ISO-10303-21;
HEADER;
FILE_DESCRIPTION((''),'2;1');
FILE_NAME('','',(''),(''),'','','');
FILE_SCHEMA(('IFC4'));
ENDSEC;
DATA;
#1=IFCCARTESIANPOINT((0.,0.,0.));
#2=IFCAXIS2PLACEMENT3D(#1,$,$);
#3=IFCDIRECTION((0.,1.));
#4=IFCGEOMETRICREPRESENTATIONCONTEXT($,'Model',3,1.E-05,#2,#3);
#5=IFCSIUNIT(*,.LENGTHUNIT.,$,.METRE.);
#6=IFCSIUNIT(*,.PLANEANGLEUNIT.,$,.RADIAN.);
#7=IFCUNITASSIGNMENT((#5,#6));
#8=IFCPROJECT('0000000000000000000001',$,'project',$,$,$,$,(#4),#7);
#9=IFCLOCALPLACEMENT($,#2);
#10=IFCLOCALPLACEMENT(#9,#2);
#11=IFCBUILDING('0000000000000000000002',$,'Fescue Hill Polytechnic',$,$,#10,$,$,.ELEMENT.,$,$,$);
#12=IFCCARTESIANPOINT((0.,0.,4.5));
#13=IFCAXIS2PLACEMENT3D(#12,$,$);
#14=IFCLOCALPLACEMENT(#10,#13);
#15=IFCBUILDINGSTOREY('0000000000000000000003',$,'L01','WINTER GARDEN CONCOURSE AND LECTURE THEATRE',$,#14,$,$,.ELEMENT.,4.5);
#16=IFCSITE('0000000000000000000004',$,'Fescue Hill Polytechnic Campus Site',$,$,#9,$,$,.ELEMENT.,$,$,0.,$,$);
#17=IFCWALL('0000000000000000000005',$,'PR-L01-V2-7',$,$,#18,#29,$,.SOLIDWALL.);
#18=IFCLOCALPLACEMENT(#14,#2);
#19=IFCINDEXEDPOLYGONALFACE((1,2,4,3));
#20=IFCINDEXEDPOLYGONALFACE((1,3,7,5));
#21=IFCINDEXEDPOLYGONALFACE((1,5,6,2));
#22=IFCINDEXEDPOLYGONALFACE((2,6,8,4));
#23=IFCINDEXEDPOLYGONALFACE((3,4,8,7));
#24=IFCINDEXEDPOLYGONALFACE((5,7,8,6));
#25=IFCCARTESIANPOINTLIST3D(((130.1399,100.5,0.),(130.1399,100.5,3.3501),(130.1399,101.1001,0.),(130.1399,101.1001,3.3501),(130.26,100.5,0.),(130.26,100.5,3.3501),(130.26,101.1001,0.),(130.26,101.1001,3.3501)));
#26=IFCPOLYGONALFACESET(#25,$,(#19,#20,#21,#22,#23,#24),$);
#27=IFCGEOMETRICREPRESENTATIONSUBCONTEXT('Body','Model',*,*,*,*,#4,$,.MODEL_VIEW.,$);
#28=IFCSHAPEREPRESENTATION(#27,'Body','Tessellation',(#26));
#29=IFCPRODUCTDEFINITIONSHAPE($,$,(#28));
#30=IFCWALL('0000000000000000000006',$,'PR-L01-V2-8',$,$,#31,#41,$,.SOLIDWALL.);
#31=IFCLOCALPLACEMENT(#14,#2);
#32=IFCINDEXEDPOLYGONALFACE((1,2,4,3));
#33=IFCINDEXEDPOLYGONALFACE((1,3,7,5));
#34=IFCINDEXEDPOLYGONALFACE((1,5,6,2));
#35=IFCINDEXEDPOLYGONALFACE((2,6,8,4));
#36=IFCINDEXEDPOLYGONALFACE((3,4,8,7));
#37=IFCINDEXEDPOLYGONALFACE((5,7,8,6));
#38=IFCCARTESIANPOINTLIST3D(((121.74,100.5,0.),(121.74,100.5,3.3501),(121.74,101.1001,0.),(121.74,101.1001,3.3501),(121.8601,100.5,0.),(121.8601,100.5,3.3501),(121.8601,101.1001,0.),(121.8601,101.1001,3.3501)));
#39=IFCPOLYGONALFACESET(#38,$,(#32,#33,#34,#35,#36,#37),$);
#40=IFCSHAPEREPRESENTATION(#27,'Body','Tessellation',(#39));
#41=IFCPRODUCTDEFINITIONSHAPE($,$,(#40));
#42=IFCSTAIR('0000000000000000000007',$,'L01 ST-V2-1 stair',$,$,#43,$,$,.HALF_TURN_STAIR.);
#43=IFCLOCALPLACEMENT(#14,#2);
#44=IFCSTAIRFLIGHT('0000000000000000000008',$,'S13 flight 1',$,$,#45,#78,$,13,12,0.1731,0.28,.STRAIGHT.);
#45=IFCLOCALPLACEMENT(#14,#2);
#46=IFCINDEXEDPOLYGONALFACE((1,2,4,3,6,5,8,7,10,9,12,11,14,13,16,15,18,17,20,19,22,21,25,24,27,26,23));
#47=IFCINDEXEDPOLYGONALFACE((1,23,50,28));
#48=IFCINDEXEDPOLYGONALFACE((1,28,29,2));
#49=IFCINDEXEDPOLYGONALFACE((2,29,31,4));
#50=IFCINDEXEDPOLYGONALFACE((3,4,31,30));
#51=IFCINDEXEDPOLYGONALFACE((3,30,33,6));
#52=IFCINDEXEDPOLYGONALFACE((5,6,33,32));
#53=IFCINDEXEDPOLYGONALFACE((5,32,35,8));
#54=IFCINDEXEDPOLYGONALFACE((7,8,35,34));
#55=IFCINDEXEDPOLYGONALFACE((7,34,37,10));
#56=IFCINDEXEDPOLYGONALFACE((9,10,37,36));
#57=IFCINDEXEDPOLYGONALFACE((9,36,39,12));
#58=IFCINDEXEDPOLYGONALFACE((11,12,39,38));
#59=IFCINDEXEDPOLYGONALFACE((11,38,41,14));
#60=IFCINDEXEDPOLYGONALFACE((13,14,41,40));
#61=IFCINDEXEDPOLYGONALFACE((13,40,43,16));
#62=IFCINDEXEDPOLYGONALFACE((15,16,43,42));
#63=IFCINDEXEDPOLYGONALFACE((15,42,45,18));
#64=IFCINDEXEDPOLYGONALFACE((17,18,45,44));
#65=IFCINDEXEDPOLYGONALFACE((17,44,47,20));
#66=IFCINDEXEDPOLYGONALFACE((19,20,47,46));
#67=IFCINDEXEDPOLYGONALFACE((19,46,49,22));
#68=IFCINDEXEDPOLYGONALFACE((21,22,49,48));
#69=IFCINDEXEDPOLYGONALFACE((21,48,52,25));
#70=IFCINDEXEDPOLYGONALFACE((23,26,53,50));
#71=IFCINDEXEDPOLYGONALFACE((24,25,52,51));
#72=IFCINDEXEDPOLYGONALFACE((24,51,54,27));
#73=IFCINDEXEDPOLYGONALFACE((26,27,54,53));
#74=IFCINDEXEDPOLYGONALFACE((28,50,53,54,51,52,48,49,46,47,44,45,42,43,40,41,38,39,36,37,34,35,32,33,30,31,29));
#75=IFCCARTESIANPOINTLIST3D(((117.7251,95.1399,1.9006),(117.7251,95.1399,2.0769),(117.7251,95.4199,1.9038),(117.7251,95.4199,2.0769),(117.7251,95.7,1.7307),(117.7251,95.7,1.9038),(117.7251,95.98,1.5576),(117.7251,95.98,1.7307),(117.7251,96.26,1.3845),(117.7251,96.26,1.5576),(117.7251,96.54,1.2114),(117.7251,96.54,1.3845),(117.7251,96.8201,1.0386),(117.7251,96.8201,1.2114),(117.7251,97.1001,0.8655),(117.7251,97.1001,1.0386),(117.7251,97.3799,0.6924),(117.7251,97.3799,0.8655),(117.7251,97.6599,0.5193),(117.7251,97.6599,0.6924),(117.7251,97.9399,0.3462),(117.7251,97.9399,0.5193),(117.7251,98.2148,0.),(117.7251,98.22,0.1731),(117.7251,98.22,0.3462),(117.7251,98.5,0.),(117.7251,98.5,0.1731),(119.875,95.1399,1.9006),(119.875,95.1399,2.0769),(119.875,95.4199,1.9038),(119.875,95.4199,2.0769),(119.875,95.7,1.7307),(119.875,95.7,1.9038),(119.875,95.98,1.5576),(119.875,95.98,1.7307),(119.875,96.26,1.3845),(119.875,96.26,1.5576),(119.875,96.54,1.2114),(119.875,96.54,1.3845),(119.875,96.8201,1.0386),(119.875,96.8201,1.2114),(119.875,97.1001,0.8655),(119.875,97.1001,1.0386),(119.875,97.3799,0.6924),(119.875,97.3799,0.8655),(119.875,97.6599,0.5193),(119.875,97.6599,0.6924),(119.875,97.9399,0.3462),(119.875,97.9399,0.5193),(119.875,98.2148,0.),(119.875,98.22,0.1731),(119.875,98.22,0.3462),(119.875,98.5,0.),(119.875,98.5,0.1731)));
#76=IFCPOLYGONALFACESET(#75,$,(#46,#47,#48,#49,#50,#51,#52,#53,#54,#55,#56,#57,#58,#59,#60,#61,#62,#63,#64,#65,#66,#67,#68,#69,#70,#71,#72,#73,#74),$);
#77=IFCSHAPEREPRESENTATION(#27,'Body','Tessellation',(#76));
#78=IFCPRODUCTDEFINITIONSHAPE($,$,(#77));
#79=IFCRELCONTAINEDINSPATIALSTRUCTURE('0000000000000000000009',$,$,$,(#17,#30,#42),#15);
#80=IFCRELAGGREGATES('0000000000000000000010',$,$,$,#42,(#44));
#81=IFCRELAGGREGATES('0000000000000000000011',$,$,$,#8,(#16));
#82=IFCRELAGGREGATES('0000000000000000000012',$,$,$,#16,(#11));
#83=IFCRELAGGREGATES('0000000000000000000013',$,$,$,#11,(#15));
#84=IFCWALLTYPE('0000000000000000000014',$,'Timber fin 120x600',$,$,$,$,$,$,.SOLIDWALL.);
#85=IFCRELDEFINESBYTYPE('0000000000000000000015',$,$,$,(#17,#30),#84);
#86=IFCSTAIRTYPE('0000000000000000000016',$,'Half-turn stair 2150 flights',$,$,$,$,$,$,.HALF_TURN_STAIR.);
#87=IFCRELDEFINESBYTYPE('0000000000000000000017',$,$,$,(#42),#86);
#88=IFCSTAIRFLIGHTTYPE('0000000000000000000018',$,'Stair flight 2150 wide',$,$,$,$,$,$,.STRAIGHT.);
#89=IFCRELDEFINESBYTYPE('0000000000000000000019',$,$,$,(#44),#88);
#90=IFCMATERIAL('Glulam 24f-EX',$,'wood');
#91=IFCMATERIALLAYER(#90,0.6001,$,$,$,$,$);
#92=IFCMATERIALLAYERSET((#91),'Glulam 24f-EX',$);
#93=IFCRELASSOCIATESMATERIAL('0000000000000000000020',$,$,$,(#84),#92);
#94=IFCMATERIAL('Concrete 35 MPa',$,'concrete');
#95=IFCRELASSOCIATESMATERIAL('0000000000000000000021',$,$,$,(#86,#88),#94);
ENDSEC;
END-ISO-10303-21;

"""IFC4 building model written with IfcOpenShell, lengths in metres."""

from ifc_helpers import new_model, si_unit, direction, frame, frame_2d, origin, place, context, subcontext, project, spatial, polyline, rectangle, outline, extrude, material, layer, layer_set, type_object, element, aggregate, save


model = new_model("IFC4")

# Units and contexts
model_context = context("Model", 3, precision=1e-05, world=origin(), true_north=direction((0.0, 1.0)))
body_context = subcontext(model_context, "Body", "Model", "MODEL_VIEW")
ifc_project = project(units=[si_unit("LENGTHUNIT", "METRE"), si_unit("PLANEANGLEUNIT", "RADIAN")], contexts=[model_context])

# Site, building, storey
site_placement = place(None, origin())
site = spatial("IfcSite", under=ifc_project, at=site_placement, Name="Fescue Hill Polytechnic Campus Site", CompositionType="ELEMENT", RefElevation=0.0)
building_placement = place(site_placement, origin())
building = spatial("IfcBuilding", under=site, at=building_placement, Name="Fescue Hill Polytechnic", CompositionType="ELEMENT")
storey_placement = place(building_placement, frame((0.0, 0.0, 4.5)))
storey = spatial("IfcBuildingStorey", under=building, at=storey_placement, Name="L01", Description="WINTER GARDEN CONCOURSE AND LECTURE THEATRE", CompositionType="ELEMENT", Elevation=4.5)

# Walls
ifc_material_1 = material(Name="Glulam 24f-EX", Category="wood")
ifc_layer_1 = layer(ifc_material_1, 0.6001)
ifc_layer_set_1 = layer_set([ifc_layer_1], Name="Glulam 24f-EX")
wall_type_1 = type_object("IfcWallType", Name="Timber fin 120x600", PredefinedType="SOLIDWALL", material=ifc_layer_set_1)
for number, where, z_axis, x_axis, name in (
    (1, (130.26, 100.8, 0.0), (0.0, 0.0, 1.0), (-1.0, 0.0, 0.0), "PR-L01-V2-7"),
    (2, (121.8601, 100.8, 0.0), (0.0, 0.0, 1.0), (-1.0, 0.0, 0.0), "PR-L01-V2-8"),
):
    element("IfcWall", number, at=place(storey_placement, frame(where, z_axis=z_axis, x_axis=x_axis)), inside=storey, type_object=wall_type_1, Name=name, PredefinedType="SOLIDWALL", context=body_context, shape_type="SweptSolid", body=[
        extrude(rectangle(XDim=0.1201, YDim=0.6001, at=frame_2d((0.0601, 0.0))), origin(), (0.0, 0.0, 1.0), 3.3501),
    ])

# Stair, stair flight
ifc_material_2 = material(Name="Concrete 35 MPa", Category="concrete")
stair_type = type_object("IfcStairType", Name="Half-turn stair 2150 flights", PredefinedType="HALF_TURN_STAIR", material=ifc_material_2)
stair_placement = place(storey_placement, origin())
stair = element("IfcStair", 3, at=stair_placement, inside=storey, type_object=stair_type, Name="L01 ST-V2-1 stair", PredefinedType="HALF_TURN_STAIR")
stair_flight_type = type_object("IfcStairFlightType", Name="Stair flight 2150 wide", PredefinedType="STRAIGHT", material=ifc_material_2)
stair_flight_placement = place(storey_placement, frame((118.8, 98.5, 0.0), z_axis=(0.0, 0.0, 1.0), x_axis=(0.0, -1.0, 0.0)))
stair_flight = element("IfcStairFlight", 4, at=stair_flight_placement, type_object=stair_flight_type, Name="S13 flight 1", NumberOfRisers=13, NumberOfTreads=12, PredefinedType="STRAIGHT", RiserHeight=0.1731, TreadLength=0.28, context=body_context, shape_type="SweptSolid", body=[
    extrude(outline(polyline([(0.0, 0.0), (0.0, 0.1731), (0.28, 0.1731), (0.28, 0.3462), (0.5601, 0.3462), (0.5601, 0.5193), (0.8401, 0.5193), (0.8401, 0.6924), (1.1201, 0.6924), (1.1201, 0.8655), (1.3999, 0.8655), (1.3999, 1.0386), (1.6799, 1.0386), (1.6799, 1.2114), (1.96, 1.2114), (1.96, 1.3845), (2.24, 1.3845), (2.24, 1.5576), (2.52, 1.5576), (2.52, 1.7307), (2.8, 1.7307), (2.8, 1.9038), (3.0801, 1.9038), (3.0801, 2.0769), (3.3601, 2.0769), (3.3601, 2.25), (3.3601, 1.9006), (0.2852, 0.0), (0.0, 0.0)])), frame((0.0, 1.075, 0.0), z_axis=(0.0, -1.0, 0.0), x_axis=(1.0, 0.0, 0.0)), (0.0, 0.0, 1.0), 2.1499),
])
aggregate(stair, [stair_flight])

save(model, "model.ifc")
